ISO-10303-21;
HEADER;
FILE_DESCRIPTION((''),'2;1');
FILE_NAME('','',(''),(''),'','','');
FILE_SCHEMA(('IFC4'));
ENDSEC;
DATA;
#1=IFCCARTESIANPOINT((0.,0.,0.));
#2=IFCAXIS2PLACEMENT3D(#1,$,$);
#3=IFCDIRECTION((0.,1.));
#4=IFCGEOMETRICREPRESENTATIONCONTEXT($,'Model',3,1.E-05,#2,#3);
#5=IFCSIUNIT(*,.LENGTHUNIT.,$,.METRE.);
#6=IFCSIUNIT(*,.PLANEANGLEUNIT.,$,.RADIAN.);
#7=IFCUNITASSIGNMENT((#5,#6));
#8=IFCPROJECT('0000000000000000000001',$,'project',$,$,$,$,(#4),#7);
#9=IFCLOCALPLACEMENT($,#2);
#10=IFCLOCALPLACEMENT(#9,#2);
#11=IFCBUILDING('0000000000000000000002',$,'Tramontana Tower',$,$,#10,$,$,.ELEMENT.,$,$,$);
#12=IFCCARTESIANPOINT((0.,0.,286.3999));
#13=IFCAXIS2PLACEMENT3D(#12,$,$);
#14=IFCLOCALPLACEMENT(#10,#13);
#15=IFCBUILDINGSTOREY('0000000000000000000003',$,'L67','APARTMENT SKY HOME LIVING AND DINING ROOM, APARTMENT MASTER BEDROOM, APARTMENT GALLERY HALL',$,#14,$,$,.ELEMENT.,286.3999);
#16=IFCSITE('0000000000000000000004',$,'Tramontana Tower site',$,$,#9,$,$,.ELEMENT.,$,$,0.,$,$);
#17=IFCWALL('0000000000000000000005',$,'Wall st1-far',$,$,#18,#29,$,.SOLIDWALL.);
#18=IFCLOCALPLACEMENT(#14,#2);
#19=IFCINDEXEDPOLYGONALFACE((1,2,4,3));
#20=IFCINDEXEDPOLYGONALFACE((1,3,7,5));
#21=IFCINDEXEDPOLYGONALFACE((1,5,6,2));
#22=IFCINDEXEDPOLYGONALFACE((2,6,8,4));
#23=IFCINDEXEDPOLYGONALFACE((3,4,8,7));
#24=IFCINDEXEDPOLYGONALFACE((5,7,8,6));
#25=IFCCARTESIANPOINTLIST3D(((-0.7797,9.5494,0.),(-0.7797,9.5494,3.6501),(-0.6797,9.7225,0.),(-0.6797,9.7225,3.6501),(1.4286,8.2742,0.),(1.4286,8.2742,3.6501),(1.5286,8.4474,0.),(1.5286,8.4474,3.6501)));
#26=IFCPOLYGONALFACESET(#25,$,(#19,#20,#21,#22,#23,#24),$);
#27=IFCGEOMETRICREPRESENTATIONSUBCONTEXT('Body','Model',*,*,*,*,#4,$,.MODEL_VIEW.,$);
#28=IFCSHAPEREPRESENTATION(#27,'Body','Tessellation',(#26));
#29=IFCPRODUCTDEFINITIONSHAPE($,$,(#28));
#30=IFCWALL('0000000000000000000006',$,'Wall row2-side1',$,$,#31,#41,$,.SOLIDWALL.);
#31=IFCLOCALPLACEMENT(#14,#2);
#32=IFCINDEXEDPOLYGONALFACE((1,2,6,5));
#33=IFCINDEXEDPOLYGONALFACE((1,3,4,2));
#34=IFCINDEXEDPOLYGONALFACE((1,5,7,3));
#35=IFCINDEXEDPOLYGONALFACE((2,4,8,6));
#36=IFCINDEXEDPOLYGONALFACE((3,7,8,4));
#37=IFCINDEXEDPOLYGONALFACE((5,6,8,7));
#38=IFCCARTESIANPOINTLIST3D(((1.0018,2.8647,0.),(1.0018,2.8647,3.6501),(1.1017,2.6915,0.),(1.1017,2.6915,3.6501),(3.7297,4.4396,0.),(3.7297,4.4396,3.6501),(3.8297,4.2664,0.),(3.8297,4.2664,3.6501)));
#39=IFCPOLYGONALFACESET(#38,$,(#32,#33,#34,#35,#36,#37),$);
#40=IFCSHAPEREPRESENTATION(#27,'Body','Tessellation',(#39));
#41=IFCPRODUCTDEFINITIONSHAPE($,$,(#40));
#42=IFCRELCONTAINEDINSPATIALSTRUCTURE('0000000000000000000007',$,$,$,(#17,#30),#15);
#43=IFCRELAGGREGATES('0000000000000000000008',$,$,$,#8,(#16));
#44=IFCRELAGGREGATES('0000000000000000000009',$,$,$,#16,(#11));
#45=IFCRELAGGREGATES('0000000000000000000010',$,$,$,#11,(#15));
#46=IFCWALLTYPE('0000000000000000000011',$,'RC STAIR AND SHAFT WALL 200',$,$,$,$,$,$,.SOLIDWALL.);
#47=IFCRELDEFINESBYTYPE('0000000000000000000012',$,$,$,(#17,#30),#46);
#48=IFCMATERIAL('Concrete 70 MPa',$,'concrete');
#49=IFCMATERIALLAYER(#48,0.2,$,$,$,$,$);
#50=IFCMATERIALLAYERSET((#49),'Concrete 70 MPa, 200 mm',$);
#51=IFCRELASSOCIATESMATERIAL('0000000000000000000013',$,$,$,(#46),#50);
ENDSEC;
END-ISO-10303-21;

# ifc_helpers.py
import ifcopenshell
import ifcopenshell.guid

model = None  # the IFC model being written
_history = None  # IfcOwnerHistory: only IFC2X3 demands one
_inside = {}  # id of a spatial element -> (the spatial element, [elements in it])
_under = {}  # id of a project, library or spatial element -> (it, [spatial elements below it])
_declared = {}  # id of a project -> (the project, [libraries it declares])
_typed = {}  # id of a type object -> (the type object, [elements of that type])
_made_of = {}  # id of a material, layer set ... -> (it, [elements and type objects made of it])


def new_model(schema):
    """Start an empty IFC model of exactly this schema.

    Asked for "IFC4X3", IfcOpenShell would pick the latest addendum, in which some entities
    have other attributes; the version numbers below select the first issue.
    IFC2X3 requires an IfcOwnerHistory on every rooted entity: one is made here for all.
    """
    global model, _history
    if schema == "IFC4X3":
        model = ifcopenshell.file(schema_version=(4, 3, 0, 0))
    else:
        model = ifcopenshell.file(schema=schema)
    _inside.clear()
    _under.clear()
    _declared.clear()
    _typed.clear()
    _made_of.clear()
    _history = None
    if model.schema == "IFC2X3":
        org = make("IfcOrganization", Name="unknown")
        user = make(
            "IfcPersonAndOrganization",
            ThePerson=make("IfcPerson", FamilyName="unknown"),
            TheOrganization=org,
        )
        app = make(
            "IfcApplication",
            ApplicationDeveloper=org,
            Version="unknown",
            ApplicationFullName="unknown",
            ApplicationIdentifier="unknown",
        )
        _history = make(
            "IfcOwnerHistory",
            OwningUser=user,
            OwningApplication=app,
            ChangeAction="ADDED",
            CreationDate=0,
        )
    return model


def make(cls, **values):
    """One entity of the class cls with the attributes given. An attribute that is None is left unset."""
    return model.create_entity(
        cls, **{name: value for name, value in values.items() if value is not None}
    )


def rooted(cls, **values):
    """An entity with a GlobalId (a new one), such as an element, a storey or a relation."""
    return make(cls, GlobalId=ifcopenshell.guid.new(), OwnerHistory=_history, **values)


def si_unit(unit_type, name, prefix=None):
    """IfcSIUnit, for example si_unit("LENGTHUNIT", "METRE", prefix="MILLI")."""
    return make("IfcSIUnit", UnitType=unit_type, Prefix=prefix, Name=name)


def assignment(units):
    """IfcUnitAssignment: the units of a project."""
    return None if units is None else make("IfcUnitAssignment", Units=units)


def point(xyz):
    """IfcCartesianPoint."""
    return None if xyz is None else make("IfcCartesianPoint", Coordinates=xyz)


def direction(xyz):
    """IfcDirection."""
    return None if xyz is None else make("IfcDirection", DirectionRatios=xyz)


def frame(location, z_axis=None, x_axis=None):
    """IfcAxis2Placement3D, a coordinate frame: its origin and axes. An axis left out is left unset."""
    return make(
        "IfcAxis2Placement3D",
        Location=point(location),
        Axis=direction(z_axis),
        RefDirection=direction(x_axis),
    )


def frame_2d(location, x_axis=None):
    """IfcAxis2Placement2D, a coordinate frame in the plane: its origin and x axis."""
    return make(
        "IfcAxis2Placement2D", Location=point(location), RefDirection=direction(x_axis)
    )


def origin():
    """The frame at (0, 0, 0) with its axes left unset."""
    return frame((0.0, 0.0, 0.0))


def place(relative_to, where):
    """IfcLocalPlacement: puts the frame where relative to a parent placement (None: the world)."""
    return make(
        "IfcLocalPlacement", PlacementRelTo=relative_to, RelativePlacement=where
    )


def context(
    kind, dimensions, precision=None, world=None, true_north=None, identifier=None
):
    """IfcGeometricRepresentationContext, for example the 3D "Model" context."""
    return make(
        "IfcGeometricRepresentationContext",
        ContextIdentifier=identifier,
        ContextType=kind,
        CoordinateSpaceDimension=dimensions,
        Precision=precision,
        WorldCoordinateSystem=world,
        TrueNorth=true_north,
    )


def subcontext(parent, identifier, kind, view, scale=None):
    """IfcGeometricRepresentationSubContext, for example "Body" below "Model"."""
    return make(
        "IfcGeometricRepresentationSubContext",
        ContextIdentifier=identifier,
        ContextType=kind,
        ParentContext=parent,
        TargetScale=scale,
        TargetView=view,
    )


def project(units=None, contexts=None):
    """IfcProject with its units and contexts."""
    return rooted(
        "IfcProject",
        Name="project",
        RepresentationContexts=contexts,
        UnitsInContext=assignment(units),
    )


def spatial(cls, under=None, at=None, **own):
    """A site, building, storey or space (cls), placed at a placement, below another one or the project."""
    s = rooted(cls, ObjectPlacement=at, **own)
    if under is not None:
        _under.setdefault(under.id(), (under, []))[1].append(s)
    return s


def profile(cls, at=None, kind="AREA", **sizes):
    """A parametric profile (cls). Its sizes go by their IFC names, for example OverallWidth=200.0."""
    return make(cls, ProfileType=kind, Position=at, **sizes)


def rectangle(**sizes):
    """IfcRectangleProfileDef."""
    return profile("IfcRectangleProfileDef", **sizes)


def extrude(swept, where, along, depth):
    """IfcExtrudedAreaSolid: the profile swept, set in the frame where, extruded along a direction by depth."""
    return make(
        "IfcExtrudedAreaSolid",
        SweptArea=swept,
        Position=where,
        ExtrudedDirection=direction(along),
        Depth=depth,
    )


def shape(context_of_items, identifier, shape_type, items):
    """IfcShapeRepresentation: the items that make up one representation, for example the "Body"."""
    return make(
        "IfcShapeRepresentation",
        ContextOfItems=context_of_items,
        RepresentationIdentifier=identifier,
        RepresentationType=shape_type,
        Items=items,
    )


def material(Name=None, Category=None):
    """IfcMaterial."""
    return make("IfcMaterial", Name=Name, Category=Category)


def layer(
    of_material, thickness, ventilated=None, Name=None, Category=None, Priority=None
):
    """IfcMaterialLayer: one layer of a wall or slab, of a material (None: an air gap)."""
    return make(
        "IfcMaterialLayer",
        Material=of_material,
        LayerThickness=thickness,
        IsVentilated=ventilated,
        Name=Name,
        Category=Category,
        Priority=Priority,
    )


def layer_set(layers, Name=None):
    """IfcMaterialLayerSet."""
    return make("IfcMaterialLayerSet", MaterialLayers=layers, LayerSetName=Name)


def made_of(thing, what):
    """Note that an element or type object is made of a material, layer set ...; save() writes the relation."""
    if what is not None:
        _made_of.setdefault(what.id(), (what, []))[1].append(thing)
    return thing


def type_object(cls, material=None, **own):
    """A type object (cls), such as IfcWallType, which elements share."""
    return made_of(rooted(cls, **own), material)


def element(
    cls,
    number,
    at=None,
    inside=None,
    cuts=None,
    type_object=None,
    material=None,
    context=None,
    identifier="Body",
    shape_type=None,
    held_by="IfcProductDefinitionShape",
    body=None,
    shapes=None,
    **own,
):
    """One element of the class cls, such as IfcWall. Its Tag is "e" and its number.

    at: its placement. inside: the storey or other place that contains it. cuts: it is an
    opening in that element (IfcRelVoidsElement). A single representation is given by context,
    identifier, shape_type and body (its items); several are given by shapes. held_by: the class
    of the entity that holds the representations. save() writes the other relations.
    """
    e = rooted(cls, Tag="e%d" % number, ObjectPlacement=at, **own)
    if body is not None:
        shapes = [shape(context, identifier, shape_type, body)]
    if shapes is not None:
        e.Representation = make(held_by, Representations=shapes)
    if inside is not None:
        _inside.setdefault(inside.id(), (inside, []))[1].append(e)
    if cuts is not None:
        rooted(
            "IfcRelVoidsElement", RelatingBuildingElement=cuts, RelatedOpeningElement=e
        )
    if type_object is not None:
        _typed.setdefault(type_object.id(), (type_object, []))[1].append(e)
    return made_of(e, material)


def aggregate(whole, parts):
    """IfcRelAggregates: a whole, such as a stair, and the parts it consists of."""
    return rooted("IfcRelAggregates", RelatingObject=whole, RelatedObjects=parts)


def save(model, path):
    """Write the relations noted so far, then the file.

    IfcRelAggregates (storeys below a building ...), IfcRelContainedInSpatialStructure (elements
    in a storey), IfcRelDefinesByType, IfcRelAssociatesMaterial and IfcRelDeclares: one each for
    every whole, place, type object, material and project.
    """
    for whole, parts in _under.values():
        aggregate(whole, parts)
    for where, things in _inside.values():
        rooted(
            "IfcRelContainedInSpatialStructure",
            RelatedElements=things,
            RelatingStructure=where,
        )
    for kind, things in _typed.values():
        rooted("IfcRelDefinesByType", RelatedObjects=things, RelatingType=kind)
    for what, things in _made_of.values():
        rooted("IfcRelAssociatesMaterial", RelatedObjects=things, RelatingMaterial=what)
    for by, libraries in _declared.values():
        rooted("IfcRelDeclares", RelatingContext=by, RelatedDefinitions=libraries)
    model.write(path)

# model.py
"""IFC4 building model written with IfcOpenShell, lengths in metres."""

from ifc_helpers import new_model, si_unit, direction, frame, frame_2d, origin, place, context, subcontext, project, spatial, rectangle, extrude, material, layer, layer_set, type_object, element, save


model = new_model("IFC4")

# Units and contexts
model_context = context("Model", 3, precision=1e-05, world=origin(), true_north=direction((0.0, 1.0)))
body_context = subcontext(model_context, "Body", "Model", "MODEL_VIEW")
ifc_project = project(units=[si_unit("LENGTHUNIT", "METRE"), si_unit("PLANEANGLEUNIT", "RADIAN")], contexts=[model_context])

# Site, building, storey
site_placement = place(None, origin())
site = spatial("IfcSite", under=ifc_project, at=site_placement, Name="Tramontana Tower site", CompositionType="ELEMENT", RefElevation=0.0)
building_placement = place(site_placement, origin())
building = spatial("IfcBuilding", under=site, at=building_placement, Name="Tramontana Tower", CompositionType="ELEMENT")
storey_placement = place(building_placement, frame((0.0, 0.0, 286.3999)))
storey = spatial("IfcBuildingStorey", under=building, at=storey_placement, Name="L67", Description="APARTMENT SKY HOME LIVING AND DINING ROOM, APARTMENT MASTER BEDROOM, APARTMENT GALLERY HALL", CompositionType="ELEMENT", Elevation=286.3999)

# Walls
ifc_material_1 = material(Name="Concrete 70 MPa", Category="concrete")
ifc_layer_1 = layer(ifc_material_1, 0.2)
ifc_layer_set_1 = layer_set([ifc_layer_1], Name="Concrete 70 MPa, 200 mm")
wall_type_1 = type_object("IfcWallType", Name="RC STAIR AND SHAFT WALL 200", PredefinedType="SOLIDWALL", material=ifc_layer_set_1)
wall_1_placement = place(storey_placement, frame((1.4785, 8.3608, 0.0), z_axis=(0.0, 0.0, 1.0), x_axis=(-0.865989, 0.500062, 0.0)))
element("IfcWall", 1, at=wall_1_placement, inside=storey, type_object=wall_type_1, Name="Wall st1-far", PredefinedType="SOLIDWALL", context=body_context, shape_type="SweptSolid", body=[
    extrude(rectangle(XDim=2.55, YDim=0.2, at=frame_2d((1.2749, 0.0))), origin(), (0.0, 0.0, 1.0), 3.6501),
])
wall_2_placement = place(storey_placement, frame((1.0518, 2.7781, 0.0), z_axis=(0.0, 0.0, 1.0), x_axis=(0.866036, 0.499982, 0.0)))
element("IfcWall", 2, at=wall_2_placement, inside=storey, type_object=wall_type_1, Name="Wall row2-side1", PredefinedType="SOLIDWALL", context=body_context, shape_type="SweptSolid", body=[
    extrude(rectangle(XDim=3.1499, YDim=0.2, at=frame_2d((1.575, 0.0))), origin(), (0.0, 0.0, 1.0), 3.6501),
])

save(model, "model.ifc")
